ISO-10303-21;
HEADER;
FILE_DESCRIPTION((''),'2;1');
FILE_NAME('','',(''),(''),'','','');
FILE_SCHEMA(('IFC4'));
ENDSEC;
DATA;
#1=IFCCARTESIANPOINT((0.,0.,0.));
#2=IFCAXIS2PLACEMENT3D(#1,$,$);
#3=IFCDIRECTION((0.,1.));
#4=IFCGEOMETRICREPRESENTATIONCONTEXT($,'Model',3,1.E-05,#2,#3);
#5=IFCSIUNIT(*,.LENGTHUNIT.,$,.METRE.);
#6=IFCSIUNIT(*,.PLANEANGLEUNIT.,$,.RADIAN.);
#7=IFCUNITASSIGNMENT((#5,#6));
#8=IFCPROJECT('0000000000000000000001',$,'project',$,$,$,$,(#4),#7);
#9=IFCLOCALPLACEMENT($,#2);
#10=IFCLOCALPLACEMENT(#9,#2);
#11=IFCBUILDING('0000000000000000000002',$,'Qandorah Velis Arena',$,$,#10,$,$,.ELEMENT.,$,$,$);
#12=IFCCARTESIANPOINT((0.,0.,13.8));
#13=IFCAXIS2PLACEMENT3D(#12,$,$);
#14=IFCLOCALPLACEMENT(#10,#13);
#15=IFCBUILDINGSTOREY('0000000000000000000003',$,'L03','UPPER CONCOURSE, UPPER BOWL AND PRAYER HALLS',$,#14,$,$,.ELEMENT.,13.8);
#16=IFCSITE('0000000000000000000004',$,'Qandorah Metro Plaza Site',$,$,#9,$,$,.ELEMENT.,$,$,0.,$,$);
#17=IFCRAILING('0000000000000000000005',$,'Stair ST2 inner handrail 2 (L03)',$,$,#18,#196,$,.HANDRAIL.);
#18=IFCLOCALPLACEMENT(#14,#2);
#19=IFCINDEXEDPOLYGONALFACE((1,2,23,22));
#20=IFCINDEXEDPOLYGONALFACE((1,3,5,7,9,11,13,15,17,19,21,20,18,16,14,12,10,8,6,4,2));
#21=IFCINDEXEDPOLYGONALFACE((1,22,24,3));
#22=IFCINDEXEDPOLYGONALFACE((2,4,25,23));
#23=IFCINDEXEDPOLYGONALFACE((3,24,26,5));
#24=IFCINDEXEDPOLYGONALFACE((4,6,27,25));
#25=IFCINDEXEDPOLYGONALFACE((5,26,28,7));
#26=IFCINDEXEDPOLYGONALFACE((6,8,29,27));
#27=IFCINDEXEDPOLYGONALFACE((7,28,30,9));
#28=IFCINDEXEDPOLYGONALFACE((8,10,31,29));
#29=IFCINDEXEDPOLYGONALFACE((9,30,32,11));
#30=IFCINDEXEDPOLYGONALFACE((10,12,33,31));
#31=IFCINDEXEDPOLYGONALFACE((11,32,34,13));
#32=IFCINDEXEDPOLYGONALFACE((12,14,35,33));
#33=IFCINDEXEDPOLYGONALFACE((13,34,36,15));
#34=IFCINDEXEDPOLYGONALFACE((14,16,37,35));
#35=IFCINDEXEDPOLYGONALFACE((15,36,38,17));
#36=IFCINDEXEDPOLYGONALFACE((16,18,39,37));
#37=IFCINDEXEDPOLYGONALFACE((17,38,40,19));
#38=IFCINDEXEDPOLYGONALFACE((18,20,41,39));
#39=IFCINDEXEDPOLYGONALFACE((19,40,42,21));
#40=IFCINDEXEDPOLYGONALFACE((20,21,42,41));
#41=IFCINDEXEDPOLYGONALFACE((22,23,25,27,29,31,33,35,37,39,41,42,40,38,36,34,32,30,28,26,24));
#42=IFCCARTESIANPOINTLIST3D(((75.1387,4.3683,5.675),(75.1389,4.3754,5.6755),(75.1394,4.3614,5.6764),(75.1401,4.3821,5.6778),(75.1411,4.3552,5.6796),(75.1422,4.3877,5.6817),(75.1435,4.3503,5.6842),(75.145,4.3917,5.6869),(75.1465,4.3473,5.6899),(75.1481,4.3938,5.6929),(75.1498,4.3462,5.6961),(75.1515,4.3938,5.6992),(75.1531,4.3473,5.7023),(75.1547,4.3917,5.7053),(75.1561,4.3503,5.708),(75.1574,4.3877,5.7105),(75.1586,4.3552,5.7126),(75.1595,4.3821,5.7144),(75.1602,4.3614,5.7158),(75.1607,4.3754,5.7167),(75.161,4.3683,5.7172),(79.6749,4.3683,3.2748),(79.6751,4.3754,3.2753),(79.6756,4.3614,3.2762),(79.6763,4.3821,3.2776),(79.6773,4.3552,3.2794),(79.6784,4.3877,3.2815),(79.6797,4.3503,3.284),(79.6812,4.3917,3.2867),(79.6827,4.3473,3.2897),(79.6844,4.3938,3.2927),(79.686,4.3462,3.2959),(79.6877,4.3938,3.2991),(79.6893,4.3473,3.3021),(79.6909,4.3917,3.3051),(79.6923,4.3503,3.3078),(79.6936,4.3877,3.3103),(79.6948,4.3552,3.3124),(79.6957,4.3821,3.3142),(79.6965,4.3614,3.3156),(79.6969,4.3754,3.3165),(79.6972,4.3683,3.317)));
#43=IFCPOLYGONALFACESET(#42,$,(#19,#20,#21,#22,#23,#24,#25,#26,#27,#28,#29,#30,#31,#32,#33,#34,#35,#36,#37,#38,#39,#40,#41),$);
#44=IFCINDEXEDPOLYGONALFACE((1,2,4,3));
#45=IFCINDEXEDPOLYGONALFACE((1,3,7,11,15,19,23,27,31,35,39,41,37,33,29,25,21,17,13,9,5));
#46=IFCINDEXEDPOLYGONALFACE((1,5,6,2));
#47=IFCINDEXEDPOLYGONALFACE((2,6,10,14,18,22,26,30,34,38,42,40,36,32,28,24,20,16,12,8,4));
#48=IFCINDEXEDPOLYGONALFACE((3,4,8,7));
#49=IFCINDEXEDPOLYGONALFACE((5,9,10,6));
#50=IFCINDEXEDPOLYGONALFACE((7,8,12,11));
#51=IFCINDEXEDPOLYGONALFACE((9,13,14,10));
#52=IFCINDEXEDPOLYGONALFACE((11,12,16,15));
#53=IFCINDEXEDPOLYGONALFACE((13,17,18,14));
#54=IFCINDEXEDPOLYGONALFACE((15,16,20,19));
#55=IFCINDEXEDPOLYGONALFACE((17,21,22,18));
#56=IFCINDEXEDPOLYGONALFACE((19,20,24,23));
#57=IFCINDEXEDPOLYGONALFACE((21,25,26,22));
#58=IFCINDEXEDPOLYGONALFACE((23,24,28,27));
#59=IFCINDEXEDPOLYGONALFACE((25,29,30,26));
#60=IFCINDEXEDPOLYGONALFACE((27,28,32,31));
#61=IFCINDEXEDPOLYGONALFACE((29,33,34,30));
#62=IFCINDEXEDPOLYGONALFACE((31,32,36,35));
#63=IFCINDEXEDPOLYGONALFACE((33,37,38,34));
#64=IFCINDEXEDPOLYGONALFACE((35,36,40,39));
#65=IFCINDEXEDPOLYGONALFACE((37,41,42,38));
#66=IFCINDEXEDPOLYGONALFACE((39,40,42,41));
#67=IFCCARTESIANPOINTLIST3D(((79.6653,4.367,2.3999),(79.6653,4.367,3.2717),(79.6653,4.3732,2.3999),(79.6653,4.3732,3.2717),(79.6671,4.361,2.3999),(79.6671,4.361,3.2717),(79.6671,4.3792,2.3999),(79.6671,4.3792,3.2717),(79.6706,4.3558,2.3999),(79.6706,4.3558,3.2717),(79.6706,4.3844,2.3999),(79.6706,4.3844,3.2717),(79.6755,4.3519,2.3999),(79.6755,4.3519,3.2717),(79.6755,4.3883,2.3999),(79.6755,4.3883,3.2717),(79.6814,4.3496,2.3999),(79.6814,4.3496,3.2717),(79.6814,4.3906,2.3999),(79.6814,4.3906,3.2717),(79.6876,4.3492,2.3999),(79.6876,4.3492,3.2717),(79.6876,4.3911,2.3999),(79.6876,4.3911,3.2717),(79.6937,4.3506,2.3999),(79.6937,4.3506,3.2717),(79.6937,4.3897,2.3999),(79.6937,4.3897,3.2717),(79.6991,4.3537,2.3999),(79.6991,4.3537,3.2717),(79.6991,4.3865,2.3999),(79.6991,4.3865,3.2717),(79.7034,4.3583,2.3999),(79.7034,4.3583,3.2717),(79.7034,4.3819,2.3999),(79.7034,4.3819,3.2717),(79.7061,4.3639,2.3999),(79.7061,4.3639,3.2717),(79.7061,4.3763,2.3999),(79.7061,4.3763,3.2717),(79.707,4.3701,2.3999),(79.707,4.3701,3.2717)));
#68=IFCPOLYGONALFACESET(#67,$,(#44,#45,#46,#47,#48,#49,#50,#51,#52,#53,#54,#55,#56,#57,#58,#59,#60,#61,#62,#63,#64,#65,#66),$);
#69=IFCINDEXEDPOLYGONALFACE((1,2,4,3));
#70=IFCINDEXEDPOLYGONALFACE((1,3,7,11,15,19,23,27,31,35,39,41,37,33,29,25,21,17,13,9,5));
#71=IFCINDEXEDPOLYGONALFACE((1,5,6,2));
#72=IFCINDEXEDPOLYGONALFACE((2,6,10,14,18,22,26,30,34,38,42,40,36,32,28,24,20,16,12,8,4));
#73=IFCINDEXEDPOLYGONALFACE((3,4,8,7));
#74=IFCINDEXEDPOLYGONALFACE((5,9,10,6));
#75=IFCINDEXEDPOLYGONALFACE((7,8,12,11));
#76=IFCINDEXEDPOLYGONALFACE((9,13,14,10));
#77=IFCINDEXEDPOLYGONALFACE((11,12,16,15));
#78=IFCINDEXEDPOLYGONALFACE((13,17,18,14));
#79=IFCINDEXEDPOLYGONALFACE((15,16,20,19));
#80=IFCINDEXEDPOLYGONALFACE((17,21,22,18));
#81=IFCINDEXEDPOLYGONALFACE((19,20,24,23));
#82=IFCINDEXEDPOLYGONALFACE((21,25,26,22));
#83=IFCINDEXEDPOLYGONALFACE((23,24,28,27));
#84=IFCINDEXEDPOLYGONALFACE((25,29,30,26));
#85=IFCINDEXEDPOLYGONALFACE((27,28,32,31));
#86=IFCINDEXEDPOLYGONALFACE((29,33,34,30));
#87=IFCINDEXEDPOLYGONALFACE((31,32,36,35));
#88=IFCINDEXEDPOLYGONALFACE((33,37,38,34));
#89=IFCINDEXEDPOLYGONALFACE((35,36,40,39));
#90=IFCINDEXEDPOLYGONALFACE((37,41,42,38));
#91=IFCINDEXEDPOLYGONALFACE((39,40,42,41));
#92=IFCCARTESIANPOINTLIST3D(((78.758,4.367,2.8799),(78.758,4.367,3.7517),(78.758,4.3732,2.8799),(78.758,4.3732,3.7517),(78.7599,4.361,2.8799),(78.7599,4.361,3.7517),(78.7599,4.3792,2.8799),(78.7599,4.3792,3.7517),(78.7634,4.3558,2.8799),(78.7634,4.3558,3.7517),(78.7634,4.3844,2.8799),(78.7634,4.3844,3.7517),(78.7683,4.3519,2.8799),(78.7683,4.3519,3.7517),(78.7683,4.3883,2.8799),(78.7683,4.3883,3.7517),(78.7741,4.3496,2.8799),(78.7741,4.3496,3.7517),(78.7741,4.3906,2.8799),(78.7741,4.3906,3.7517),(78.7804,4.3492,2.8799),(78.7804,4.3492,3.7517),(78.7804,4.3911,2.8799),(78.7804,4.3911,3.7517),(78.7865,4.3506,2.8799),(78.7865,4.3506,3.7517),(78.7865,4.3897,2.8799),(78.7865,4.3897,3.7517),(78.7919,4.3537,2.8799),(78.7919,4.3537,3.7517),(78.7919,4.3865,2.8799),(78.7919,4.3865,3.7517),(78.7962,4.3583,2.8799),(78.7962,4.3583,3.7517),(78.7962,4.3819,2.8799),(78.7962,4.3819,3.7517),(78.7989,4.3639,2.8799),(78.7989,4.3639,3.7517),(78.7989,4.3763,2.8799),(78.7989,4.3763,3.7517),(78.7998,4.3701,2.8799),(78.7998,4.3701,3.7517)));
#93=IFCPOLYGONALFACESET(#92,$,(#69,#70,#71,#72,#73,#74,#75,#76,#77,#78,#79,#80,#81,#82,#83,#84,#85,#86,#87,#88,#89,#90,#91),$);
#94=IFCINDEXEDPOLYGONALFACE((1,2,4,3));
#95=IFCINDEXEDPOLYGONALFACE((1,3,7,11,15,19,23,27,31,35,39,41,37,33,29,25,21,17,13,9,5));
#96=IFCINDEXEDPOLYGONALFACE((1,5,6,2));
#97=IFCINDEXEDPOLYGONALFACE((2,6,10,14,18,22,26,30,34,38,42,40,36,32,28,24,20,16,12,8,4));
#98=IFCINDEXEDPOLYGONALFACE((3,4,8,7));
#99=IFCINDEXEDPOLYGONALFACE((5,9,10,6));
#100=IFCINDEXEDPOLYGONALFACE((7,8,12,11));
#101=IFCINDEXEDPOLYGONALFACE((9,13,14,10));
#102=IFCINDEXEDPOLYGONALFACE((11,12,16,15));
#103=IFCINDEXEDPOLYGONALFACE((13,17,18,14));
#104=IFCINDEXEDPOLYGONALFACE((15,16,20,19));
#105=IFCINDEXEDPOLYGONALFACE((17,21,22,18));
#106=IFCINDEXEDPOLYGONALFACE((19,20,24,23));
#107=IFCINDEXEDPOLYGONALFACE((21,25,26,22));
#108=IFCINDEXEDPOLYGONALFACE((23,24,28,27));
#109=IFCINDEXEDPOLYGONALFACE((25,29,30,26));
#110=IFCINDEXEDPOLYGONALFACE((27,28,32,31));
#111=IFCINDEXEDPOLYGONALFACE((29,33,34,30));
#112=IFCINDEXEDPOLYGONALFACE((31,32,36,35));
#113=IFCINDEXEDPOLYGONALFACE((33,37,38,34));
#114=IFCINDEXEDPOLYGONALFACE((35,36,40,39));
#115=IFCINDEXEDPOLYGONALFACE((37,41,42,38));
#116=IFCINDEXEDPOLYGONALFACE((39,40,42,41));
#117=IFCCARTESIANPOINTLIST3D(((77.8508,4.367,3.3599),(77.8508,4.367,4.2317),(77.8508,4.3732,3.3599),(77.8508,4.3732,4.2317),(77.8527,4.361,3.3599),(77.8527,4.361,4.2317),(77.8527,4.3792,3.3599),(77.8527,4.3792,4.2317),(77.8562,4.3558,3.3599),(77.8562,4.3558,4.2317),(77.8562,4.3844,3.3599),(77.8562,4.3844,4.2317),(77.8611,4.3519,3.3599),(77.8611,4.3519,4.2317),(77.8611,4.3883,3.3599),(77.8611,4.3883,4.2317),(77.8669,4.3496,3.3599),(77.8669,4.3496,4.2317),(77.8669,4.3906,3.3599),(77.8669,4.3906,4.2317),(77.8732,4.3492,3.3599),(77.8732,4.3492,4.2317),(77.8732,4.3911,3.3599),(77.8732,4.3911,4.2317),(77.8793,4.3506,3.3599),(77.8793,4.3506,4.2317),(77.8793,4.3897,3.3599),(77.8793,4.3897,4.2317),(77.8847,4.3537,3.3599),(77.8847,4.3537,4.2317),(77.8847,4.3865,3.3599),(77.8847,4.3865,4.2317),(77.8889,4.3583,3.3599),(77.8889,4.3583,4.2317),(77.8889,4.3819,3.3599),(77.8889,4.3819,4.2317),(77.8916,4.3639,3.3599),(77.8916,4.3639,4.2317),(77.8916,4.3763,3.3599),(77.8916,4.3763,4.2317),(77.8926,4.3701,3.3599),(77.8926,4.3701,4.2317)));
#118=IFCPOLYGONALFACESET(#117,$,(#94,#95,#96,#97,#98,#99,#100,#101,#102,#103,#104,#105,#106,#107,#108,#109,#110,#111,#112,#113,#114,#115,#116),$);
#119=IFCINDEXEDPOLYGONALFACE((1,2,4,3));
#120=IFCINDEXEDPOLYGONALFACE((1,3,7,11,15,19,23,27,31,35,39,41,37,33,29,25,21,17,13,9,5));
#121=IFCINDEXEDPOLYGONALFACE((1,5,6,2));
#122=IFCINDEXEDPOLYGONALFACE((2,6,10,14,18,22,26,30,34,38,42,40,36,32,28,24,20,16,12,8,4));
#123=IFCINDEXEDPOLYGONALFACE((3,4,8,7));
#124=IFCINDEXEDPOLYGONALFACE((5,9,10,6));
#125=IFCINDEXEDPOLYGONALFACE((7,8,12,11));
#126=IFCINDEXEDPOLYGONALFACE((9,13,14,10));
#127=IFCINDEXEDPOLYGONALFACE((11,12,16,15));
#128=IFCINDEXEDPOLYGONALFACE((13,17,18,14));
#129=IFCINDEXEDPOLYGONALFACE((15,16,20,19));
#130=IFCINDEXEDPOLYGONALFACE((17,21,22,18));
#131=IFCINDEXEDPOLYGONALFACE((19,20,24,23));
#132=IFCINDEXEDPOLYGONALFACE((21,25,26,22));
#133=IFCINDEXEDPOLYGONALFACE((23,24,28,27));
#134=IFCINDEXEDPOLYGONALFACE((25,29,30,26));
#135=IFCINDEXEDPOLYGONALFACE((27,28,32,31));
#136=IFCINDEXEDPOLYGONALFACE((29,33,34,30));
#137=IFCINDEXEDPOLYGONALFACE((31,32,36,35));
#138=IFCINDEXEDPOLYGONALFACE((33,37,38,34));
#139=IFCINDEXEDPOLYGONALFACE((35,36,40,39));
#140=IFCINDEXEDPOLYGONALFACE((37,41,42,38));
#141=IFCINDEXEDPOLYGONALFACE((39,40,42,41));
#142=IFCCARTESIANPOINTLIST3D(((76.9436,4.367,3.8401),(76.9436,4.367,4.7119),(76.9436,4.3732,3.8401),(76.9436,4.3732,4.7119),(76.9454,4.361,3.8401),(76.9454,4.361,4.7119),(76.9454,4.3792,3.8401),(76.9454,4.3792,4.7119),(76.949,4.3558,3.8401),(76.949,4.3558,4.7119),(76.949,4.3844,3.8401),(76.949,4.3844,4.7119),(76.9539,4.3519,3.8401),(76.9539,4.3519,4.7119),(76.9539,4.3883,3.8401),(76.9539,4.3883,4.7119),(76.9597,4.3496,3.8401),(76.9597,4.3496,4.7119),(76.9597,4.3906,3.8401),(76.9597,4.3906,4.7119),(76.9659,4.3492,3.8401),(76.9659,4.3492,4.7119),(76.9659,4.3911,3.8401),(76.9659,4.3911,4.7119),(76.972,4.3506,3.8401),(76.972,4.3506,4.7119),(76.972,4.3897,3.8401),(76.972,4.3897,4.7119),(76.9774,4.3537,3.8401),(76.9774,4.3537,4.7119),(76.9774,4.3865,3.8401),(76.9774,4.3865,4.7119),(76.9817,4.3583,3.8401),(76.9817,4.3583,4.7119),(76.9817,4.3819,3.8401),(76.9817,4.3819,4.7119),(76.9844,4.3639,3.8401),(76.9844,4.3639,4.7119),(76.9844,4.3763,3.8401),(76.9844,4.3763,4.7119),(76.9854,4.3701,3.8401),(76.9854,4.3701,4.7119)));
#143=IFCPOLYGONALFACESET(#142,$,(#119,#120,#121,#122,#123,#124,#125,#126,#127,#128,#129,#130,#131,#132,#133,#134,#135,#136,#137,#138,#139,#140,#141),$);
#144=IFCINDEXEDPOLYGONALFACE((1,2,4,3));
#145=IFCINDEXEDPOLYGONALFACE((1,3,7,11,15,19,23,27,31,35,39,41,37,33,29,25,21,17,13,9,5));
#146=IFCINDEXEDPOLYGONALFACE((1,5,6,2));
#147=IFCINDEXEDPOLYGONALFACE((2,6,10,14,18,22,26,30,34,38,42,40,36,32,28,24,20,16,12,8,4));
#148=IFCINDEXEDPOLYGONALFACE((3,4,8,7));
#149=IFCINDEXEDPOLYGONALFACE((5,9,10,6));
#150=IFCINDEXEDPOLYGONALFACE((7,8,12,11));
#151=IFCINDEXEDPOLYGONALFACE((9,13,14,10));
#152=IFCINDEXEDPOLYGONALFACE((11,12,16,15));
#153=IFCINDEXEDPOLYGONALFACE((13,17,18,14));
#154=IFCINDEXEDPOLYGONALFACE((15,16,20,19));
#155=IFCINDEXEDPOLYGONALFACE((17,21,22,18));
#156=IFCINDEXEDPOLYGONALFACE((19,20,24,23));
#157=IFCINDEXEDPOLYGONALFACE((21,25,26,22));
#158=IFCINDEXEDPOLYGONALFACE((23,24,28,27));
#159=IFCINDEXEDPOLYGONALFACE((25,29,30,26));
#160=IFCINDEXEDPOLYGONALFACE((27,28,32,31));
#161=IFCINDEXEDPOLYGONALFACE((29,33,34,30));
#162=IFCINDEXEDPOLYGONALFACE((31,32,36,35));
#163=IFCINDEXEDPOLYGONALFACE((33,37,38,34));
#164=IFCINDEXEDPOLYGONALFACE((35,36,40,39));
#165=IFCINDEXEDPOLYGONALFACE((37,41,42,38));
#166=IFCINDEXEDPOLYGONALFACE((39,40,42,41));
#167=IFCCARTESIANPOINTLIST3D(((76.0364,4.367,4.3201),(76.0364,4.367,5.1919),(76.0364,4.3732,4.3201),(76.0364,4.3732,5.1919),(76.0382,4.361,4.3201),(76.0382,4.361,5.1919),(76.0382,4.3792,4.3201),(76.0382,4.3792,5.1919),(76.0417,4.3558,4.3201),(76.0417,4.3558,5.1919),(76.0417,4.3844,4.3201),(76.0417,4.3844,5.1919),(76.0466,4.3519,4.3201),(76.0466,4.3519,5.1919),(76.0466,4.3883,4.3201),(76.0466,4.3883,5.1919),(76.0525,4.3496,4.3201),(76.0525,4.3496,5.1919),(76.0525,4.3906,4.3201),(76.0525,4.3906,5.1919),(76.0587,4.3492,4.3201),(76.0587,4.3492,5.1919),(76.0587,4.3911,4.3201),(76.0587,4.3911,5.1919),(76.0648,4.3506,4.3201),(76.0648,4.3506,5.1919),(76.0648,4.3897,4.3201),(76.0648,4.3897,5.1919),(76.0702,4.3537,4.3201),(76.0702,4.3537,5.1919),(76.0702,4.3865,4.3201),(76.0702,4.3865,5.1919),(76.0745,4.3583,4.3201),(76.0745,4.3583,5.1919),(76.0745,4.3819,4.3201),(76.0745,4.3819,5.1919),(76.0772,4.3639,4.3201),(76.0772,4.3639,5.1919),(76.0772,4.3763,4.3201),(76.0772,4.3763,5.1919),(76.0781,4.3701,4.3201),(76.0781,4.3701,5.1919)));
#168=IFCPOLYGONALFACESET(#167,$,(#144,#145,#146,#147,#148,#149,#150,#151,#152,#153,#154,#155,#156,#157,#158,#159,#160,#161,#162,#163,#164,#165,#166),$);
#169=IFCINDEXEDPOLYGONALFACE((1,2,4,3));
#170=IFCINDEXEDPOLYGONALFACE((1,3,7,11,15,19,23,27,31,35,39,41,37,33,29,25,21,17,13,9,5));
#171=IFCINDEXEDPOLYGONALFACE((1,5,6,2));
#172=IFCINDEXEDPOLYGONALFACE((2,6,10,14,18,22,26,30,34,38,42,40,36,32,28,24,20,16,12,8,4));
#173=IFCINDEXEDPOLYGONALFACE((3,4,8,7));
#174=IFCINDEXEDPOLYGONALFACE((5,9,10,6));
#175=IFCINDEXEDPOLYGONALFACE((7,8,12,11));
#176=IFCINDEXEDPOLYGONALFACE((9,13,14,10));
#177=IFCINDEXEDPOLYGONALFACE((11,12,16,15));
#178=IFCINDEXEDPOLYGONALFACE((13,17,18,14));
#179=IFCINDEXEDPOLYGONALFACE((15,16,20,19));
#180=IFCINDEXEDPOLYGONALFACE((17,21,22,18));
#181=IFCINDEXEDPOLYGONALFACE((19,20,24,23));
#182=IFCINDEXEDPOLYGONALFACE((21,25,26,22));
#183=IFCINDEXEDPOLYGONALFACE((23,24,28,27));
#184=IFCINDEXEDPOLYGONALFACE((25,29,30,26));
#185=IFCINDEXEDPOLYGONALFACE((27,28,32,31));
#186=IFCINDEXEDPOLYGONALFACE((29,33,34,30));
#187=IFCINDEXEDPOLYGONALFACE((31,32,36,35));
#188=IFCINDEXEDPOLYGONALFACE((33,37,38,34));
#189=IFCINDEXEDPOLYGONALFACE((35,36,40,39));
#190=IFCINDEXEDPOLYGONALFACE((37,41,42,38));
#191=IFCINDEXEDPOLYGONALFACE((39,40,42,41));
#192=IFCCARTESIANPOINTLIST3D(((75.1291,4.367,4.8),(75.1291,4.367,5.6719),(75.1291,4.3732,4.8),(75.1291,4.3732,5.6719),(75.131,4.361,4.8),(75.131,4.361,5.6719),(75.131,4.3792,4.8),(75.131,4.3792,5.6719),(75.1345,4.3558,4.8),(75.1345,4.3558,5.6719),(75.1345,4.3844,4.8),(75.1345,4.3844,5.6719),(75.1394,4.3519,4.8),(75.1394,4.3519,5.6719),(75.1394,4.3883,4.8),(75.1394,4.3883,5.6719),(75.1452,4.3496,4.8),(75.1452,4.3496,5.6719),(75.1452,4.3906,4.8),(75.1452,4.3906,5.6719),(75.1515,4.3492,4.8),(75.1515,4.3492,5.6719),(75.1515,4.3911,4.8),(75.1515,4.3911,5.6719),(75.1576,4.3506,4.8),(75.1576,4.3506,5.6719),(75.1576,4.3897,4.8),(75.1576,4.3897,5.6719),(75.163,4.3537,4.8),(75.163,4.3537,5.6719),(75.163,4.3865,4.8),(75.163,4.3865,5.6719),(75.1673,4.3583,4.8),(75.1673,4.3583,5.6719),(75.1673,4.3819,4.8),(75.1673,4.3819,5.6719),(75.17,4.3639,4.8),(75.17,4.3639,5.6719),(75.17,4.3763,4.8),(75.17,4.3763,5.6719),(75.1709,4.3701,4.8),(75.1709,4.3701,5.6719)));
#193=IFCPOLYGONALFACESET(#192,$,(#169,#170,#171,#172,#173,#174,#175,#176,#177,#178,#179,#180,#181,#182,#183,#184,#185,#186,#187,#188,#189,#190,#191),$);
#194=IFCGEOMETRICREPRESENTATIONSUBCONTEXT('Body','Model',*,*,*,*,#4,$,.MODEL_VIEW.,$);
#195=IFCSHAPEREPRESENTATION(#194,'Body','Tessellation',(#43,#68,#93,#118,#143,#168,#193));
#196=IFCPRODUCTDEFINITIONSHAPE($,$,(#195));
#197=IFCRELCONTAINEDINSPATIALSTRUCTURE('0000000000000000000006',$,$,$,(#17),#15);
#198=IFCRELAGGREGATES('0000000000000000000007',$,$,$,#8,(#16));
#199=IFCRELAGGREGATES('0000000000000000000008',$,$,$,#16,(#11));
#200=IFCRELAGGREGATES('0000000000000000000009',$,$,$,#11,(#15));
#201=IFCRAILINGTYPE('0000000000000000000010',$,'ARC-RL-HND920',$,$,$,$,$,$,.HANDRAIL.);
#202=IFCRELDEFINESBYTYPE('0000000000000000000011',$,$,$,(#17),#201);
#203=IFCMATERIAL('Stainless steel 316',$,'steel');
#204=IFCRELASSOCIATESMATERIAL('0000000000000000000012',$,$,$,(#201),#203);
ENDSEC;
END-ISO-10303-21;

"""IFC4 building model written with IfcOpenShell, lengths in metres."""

from ifc_helpers import new_model, si_unit, direction, frame, origin, origin_2d, place, context, subcontext, project, spatial, circle, extrude, material, type_object, element, save


model = new_model("IFC4")

# Units and contexts
model_context = context("Model", 3, precision=1e-05, world=origin(), true_north=direction((0.0, 1.0)))
body_context = subcontext(model_context, "Body", "Model", "MODEL_VIEW")
ifc_project = project(units=[si_unit("LENGTHUNIT", "METRE"), si_unit("PLANEANGLEUNIT", "RADIAN")], contexts=[model_context])

# Site, building, storey
site_placement = place(None, origin())
site = spatial("IfcSite", under=ifc_project, at=site_placement, Name="Qandorah Metro Plaza Site", CompositionType="ELEMENT", RefElevation=0.0)
building_placement = place(site_placement, origin())
building = spatial("IfcBuilding", under=site, at=building_placement, Name="Qandorah Velis Arena", CompositionType="ELEMENT")
storey_placement = place(building_placement, frame((0.0, 0.0, 13.8)))
storey = spatial("IfcBuildingStorey", under=building, at=storey_placement, Name="L03", Description="UPPER CONCOURSE, UPPER BOWL AND PRAYER HALLS", CompositionType="ELEMENT", Elevation=13.8)

# Railing
ifc_material_1 = material(Name="Stainless steel 316", Category="steel")
railing_type_1 = type_object("IfcRailingType", Name="ARC-RL-HND920", PredefinedType="HANDRAIL", material=ifc_material_1)
railing_1_placement = place(storey_placement, frame((79.686, 4.3701, 2.3999)))
element("IfcRailing", 1, at=railing_1_placement, inside=storey, type_object=railing_type_1, Name="Stair ST2 inner handrail 2 (L03)", PredefinedType="HANDRAIL", context=body_context, shape_type="SweptSolid", body=[
    extrude(circle(Radius=0.0239, at=origin_2d()), frame((0.0, 0.0, 0.896), z_axis=(-0.883896, 0.0, 0.467684), x_axis=(0.0, -1.0, 0.0)), (0.0, 0.0, 1.0), 5.1321),
    extrude(circle(Radius=0.021, at=origin_2d()), origin(), (0.0, 0.0, 1.0), 0.8718),
    extrude(circle(Radius=0.021, at=origin_2d()), frame((-0.9072, 0.0, 0.48)), (0.0, 0.0, 1.0), 0.8718),
    extrude(circle(Radius=0.021, at=origin_2d()), frame((-1.8145, 0.0, 0.96)), (0.0, 0.0, 1.0), 0.8718),
    extrude(circle(Radius=0.021, at=origin_2d()), frame((-2.7217, 0.0, 1.4402)), (0.0, 0.0, 1.0), 0.8718),
    extrude(circle(Radius=0.021, at=origin_2d()), frame((-3.6289, 0.0, 1.9202)), (0.0, 0.0, 1.0), 0.8718),
    extrude(circle(Radius=0.021, at=origin_2d()), frame((-4.5361, 0.0, 2.4001)), (0.0, 0.0, 1.0), 0.8718),
])

save(model, "model.ifc")
